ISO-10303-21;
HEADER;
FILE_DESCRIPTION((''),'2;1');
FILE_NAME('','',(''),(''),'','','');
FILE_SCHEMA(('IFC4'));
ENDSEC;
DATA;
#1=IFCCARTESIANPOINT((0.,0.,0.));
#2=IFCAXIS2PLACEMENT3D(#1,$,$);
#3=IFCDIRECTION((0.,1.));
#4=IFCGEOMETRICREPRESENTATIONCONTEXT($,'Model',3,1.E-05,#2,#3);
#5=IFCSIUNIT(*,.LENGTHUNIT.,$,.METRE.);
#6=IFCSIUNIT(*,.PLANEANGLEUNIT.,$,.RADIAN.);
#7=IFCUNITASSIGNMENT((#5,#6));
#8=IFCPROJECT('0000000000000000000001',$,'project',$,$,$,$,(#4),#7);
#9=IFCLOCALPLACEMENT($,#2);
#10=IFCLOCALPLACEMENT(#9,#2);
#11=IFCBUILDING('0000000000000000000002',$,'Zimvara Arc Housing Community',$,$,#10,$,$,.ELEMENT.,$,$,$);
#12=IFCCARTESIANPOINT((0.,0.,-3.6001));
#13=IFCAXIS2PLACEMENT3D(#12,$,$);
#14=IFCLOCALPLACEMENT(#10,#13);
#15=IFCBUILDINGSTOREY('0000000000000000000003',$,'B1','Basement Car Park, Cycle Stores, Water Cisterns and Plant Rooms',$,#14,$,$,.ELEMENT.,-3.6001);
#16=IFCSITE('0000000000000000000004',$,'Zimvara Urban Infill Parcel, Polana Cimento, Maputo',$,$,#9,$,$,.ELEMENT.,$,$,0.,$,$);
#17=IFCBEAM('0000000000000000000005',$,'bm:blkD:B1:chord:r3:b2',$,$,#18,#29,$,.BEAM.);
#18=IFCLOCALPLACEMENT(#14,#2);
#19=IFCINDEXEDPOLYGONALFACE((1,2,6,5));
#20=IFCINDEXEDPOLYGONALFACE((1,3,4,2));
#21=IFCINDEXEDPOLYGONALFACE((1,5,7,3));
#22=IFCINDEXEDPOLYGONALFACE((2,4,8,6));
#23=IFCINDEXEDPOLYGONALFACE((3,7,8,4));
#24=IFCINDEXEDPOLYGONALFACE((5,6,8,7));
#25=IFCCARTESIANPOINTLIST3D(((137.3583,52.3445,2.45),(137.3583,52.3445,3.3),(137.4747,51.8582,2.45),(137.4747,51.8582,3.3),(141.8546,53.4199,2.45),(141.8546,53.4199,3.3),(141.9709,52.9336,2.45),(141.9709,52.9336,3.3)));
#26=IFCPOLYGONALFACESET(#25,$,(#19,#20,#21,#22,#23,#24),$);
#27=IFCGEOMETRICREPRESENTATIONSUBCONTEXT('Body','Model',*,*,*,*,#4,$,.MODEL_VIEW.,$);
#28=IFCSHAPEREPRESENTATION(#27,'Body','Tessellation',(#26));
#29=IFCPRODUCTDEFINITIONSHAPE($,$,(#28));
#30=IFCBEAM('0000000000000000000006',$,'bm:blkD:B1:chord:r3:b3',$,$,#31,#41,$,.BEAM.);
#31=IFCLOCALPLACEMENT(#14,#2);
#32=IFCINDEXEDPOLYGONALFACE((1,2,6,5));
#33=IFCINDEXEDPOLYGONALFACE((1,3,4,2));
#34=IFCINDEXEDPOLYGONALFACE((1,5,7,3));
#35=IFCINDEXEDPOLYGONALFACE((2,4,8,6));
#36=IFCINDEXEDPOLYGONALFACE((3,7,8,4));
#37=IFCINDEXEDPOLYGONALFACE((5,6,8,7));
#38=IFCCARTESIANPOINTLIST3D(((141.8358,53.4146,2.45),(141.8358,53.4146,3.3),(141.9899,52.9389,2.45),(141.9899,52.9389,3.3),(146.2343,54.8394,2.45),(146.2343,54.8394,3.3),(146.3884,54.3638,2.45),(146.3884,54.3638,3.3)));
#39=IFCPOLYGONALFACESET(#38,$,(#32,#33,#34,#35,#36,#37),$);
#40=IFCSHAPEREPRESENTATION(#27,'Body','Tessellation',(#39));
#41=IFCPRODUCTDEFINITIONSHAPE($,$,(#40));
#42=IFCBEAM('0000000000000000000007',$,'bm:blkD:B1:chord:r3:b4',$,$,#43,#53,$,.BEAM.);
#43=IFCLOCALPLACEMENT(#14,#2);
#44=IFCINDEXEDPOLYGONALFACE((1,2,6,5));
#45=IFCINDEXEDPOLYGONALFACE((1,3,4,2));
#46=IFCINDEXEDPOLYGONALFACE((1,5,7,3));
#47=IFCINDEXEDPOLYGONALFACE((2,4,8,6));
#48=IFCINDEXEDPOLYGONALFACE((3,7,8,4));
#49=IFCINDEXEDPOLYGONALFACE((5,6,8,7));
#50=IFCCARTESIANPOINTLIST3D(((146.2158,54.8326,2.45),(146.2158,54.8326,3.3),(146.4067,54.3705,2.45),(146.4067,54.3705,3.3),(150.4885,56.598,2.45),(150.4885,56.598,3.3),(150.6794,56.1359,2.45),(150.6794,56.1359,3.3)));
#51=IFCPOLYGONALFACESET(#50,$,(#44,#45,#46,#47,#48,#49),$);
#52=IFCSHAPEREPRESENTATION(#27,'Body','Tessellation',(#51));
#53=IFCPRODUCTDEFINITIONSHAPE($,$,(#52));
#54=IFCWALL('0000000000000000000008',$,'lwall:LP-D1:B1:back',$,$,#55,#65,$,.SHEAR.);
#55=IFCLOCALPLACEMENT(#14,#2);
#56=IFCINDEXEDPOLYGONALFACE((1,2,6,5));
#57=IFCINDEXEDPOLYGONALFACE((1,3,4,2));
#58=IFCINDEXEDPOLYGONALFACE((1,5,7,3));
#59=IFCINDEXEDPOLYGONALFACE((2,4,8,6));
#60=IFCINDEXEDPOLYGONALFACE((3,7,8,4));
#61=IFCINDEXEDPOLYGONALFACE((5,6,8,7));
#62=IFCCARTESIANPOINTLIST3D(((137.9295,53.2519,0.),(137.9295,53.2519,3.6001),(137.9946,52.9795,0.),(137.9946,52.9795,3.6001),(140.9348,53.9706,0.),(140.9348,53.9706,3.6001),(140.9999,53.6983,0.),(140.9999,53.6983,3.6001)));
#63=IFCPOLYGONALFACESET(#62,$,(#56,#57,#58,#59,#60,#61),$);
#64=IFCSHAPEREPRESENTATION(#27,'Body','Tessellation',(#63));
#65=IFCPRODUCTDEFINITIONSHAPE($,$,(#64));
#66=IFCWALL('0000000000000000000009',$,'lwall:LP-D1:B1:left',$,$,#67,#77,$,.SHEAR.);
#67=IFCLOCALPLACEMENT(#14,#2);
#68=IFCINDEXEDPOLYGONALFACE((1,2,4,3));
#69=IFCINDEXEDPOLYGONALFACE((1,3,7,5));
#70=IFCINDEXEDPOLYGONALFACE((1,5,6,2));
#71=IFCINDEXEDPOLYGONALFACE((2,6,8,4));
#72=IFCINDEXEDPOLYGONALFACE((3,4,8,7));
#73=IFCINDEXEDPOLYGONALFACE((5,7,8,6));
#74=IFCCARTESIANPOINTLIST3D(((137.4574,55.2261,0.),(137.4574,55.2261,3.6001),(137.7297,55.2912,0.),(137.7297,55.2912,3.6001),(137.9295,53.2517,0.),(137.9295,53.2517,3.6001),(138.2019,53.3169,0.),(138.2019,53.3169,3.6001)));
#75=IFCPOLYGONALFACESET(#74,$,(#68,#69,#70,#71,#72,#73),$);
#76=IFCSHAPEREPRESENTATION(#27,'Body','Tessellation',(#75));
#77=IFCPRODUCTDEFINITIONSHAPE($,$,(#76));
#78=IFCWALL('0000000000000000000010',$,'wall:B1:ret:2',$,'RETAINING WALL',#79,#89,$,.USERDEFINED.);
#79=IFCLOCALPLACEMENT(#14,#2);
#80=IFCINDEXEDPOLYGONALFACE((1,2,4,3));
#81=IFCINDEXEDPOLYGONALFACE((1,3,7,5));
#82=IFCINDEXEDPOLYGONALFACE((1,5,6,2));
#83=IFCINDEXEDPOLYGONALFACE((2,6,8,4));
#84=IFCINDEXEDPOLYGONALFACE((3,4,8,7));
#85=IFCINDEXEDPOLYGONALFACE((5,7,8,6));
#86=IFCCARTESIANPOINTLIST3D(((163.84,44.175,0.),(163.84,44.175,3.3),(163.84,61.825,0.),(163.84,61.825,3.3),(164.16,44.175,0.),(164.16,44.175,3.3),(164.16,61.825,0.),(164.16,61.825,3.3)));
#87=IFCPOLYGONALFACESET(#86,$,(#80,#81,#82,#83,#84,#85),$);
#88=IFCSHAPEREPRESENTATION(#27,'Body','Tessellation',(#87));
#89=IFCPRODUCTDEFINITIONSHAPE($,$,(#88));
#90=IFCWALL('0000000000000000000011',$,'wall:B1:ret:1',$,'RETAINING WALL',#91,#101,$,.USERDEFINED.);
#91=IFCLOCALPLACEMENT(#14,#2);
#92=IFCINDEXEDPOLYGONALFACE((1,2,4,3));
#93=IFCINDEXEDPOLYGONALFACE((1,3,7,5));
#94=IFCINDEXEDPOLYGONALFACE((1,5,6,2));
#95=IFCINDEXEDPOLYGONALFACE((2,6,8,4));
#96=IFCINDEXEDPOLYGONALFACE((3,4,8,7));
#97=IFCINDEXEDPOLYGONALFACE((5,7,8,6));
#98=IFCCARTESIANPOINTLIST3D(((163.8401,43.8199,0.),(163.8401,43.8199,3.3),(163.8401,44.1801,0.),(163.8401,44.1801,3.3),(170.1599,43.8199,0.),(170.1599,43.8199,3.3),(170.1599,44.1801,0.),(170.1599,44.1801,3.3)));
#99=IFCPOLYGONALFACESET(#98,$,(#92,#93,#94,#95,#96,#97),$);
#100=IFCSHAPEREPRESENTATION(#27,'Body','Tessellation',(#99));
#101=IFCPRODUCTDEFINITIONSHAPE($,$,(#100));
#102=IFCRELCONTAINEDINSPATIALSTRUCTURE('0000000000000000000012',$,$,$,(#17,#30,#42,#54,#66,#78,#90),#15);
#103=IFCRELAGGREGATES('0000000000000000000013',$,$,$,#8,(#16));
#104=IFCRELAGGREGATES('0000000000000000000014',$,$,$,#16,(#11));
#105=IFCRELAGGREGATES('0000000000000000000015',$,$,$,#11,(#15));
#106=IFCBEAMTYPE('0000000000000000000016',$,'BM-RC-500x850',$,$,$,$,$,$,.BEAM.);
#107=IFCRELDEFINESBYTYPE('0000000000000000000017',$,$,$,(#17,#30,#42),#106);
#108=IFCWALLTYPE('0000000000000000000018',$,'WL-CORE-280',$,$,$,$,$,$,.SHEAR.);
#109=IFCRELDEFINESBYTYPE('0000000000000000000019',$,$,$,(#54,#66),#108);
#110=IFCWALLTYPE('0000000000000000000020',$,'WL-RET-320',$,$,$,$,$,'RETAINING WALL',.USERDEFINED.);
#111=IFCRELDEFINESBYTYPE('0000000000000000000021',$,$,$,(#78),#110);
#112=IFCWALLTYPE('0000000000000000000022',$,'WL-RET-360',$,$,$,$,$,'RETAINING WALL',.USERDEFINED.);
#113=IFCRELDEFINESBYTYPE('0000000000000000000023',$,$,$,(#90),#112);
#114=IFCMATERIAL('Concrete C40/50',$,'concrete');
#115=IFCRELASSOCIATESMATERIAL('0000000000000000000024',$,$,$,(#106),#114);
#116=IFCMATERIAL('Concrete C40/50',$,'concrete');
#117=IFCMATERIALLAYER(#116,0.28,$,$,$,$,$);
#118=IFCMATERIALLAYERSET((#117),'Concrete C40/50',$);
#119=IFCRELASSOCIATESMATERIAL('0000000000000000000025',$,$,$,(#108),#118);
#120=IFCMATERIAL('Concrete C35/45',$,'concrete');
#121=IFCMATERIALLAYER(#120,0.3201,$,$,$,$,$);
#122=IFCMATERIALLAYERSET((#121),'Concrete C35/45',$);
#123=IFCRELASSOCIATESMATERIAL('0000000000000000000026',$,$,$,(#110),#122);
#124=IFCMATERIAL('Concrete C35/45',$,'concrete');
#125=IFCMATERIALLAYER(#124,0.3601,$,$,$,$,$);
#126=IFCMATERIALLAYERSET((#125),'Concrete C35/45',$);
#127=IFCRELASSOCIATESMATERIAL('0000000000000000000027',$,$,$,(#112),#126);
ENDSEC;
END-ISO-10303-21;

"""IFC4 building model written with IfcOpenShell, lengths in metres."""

from ifc_helpers import new_model, si_unit, direction, frame, frame_2d, origin, origin_2d, place, context, subcontext, project, spatial, rectangle, extrude, material, layer, layer_set, material_profile, profile_set, type_object, element, save


model = new_model("IFC4")

# Units and contexts
model_context = context("Model", 3, precision=1e-05, world=origin(), true_north=direction((0.0, 1.0)))
body_context = subcontext(model_context, "Body", "Model", "MODEL_VIEW")
ifc_project = project(units=[si_unit("LENGTHUNIT", "METRE"), si_unit("PLANEANGLEUNIT", "RADIAN")], contexts=[model_context])

# Site, building, storey
site_placement = place(None, origin())
site = spatial("IfcSite", under=ifc_project, at=site_placement, Name="Zimvara Urban Infill Parcel, Polana Cimento, Maputo", CompositionType="ELEMENT", RefElevation=0.0)
building_placement = place(site_placement, origin())
building = spatial("IfcBuilding", under=site, at=building_placement, Name="Zimvara Arc Housing Community", CompositionType="ELEMENT")
storey_placement = place(building_placement, frame((0.0, 0.0, -3.6001)))
storey = spatial("IfcBuildingStorey", under=building, at=storey_placement, Name="B1", Description="Basement Car Park, Cycle Stores, Water Cisterns and Plant Rooms", CompositionType="ELEMENT", Elevation=-3.6001)

# Beams
ifc_material_1 = material(Name="Concrete C40/50", Category="concrete")
ifc_material_profile_1 = material_profile(ifc_material_1, rectangle(XDim=0.5, YDim=0.8501, at=origin_2d()), Name="RC 500x850")
ifc_profile_set_1 = profile_set([ifc_material_profile_1], Name="Concrete C40/50")
beam_type_1 = type_object("IfcBeamType", Name="BM-RC-500x850", PredefinedType="BEAM", material=ifc_profile_set_1)
beam_1_placement = place(storey_placement, frame((137.4165, 52.1013, 2.875), z_axis=(0.972568, 0.23262, 0.0), x_axis=(-0.23262, 0.972568, 0.0)))
element("IfcBeam", 1, at=beam_1_placement, inside=storey, type_object=beam_type_1, Name="bm:blkD:B1:chord:r3:b2", PredefinedType="BEAM", context=body_context, shape_type="SweptSolid", body=[
    extrude(rectangle(XDim=0.5, YDim=0.8501, at=origin_2d()), origin(), (0.0, 0.0, 1.0), 4.623),
])
beam_2_placement = place(storey_placement, frame((141.9128, 53.1768, 2.875), z_axis=(0.951332, 0.308169, 0.0), x_axis=(-0.308169, 0.951332, 0.0)))
element("IfcBeam", 2, at=beam_2_placement, inside=storey, type_object=beam_type_1, Name="bm:blkD:B1:chord:r3:b3", PredefinedType="BEAM", context=body_context, shape_type="SweptSolid", body=[
    extrude(rectangle(XDim=0.5, YDim=0.8501, at=origin_2d()), origin(), (0.0, 0.0, 1.0), 4.6235),
])
beam_3_placement = place(storey_placement, frame((146.3113, 54.6016, 2.875), z_axis=(0.924218, 0.381865, 0.0), x_axis=(-0.381865, 0.924218, 0.0)))
element("IfcBeam", 3, at=beam_3_placement, inside=storey, type_object=beam_type_1, Name="bm:blkD:B1:chord:r3:b4", PredefinedType="BEAM", context=body_context, shape_type="SweptSolid", body=[
    extrude(rectangle(XDim=0.5, YDim=0.8501, at=origin_2d()), origin(), (0.0, 0.0, 1.0), 4.623),
])

# Shared definitions
ifc_material_2 = material(Name="Concrete C40/50", Category="concrete")
ifc_layer_1 = layer(ifc_material_2, 0.28)
ifc_layer_set_1 = layer_set([ifc_layer_1], Name="Concrete C40/50")
wall_type_1 = type_object("IfcWallType", Name="WL-CORE-280", PredefinedType="SHEAR", material=ifc_layer_set_1)

# Walls
wall_1_placement = place(storey_placement, frame((137.9622, 53.1157, 0.0), z_axis=(0.0, 0.0, 1.0), x_axis=(0.972573, 0.232596, 0.0)))
element("IfcWall", 4, at=wall_1_placement, inside=storey, type_object=wall_type_1, Name="lwall:LP-D1:B1:back", PredefinedType="SHEAR", context=body_context, shape_type="SweptSolid", body=[
    extrude(rectangle(XDim=3.0901, YDim=0.28, at=frame_2d((1.5449, 0.0))), origin(), (0.0, 0.0, 1.0), 3.6001),
])
wall_2_placement = place(storey_placement, frame((137.5935, 55.2588, 0.0), z_axis=(0.0, 0.0, 1.0), x_axis=(0.232591, -0.972575, 0.0)))
element("IfcWall", 5, at=wall_2_placement, inside=storey, type_object=wall_type_1, Name="lwall:LP-D1:B1:left", PredefinedType="SHEAR", context=body_context, shape_type="SweptSolid", body=[
    extrude(rectangle(XDim=2.03, YDim=0.28, at=frame_2d((1.0151, 0.0))), origin(), (0.0, 0.0, 1.0), 3.6001),
])
ifc_material_3 = material(Name="Concrete C35/45", Category="concrete")
ifc_layer_2 = layer(ifc_material_3, 0.3201)
ifc_layer_set_2 = layer_set([ifc_layer_2], Name="Concrete C35/45")
wall_type_2 = type_object("IfcWallType", Name="WL-RET-320", ElementType="RETAINING WALL", PredefinedType="USERDEFINED", material=ifc_layer_set_2)
wall_3_placement = place(storey_placement, frame((164.0, 44.175, 0.0), z_axis=(0.0, 0.0, 1.0), x_axis=(0.0, 1.0, 0.0)))
element("IfcWall", 6, at=wall_3_placement, inside=storey, type_object=wall_type_2, Name="wall:B1:ret:2", ObjectType="RETAINING WALL", PredefinedType="USERDEFINED", context=body_context, shape_type="SweptSolid", body=[
    extrude(rectangle(XDim=17.6499, YDim=0.3201, at=frame_2d((8.825, 0.0))), origin(), (0.0, 0.0, 1.0), 3.3),
])
ifc_material_4 = material(Name="Concrete C35/45", Category="concrete")
ifc_layer_3 = layer(ifc_material_4, 0.3601)
ifc_layer_set_3 = layer_set([ifc_layer_3], Name="Concrete C35/45")
wall_type_3 = type_object("IfcWallType", Name="WL-RET-360", ElementType="RETAINING WALL", PredefinedType="USERDEFINED", material=ifc_layer_set_3)
wall_4_placement = place(storey_placement, frame((170.1599, 44.0, 0.0), z_axis=(0.0, 0.0, 1.0), x_axis=(-1.0, 0.0, 0.0)))
element("IfcWall", 7, at=wall_4_placement, inside=storey, type_object=wall_type_3, Name="wall:B1:ret:1", ObjectType="RETAINING WALL", PredefinedType="USERDEFINED", context=body_context, shape_type="SweptSolid", body=[
    extrude(rectangle(XDim=6.3198, YDim=0.3601, at=frame_2d((3.1599, 0.0))), origin(), (0.0, 0.0, 1.0), 3.3),
])

save(model, "model.ifc")
